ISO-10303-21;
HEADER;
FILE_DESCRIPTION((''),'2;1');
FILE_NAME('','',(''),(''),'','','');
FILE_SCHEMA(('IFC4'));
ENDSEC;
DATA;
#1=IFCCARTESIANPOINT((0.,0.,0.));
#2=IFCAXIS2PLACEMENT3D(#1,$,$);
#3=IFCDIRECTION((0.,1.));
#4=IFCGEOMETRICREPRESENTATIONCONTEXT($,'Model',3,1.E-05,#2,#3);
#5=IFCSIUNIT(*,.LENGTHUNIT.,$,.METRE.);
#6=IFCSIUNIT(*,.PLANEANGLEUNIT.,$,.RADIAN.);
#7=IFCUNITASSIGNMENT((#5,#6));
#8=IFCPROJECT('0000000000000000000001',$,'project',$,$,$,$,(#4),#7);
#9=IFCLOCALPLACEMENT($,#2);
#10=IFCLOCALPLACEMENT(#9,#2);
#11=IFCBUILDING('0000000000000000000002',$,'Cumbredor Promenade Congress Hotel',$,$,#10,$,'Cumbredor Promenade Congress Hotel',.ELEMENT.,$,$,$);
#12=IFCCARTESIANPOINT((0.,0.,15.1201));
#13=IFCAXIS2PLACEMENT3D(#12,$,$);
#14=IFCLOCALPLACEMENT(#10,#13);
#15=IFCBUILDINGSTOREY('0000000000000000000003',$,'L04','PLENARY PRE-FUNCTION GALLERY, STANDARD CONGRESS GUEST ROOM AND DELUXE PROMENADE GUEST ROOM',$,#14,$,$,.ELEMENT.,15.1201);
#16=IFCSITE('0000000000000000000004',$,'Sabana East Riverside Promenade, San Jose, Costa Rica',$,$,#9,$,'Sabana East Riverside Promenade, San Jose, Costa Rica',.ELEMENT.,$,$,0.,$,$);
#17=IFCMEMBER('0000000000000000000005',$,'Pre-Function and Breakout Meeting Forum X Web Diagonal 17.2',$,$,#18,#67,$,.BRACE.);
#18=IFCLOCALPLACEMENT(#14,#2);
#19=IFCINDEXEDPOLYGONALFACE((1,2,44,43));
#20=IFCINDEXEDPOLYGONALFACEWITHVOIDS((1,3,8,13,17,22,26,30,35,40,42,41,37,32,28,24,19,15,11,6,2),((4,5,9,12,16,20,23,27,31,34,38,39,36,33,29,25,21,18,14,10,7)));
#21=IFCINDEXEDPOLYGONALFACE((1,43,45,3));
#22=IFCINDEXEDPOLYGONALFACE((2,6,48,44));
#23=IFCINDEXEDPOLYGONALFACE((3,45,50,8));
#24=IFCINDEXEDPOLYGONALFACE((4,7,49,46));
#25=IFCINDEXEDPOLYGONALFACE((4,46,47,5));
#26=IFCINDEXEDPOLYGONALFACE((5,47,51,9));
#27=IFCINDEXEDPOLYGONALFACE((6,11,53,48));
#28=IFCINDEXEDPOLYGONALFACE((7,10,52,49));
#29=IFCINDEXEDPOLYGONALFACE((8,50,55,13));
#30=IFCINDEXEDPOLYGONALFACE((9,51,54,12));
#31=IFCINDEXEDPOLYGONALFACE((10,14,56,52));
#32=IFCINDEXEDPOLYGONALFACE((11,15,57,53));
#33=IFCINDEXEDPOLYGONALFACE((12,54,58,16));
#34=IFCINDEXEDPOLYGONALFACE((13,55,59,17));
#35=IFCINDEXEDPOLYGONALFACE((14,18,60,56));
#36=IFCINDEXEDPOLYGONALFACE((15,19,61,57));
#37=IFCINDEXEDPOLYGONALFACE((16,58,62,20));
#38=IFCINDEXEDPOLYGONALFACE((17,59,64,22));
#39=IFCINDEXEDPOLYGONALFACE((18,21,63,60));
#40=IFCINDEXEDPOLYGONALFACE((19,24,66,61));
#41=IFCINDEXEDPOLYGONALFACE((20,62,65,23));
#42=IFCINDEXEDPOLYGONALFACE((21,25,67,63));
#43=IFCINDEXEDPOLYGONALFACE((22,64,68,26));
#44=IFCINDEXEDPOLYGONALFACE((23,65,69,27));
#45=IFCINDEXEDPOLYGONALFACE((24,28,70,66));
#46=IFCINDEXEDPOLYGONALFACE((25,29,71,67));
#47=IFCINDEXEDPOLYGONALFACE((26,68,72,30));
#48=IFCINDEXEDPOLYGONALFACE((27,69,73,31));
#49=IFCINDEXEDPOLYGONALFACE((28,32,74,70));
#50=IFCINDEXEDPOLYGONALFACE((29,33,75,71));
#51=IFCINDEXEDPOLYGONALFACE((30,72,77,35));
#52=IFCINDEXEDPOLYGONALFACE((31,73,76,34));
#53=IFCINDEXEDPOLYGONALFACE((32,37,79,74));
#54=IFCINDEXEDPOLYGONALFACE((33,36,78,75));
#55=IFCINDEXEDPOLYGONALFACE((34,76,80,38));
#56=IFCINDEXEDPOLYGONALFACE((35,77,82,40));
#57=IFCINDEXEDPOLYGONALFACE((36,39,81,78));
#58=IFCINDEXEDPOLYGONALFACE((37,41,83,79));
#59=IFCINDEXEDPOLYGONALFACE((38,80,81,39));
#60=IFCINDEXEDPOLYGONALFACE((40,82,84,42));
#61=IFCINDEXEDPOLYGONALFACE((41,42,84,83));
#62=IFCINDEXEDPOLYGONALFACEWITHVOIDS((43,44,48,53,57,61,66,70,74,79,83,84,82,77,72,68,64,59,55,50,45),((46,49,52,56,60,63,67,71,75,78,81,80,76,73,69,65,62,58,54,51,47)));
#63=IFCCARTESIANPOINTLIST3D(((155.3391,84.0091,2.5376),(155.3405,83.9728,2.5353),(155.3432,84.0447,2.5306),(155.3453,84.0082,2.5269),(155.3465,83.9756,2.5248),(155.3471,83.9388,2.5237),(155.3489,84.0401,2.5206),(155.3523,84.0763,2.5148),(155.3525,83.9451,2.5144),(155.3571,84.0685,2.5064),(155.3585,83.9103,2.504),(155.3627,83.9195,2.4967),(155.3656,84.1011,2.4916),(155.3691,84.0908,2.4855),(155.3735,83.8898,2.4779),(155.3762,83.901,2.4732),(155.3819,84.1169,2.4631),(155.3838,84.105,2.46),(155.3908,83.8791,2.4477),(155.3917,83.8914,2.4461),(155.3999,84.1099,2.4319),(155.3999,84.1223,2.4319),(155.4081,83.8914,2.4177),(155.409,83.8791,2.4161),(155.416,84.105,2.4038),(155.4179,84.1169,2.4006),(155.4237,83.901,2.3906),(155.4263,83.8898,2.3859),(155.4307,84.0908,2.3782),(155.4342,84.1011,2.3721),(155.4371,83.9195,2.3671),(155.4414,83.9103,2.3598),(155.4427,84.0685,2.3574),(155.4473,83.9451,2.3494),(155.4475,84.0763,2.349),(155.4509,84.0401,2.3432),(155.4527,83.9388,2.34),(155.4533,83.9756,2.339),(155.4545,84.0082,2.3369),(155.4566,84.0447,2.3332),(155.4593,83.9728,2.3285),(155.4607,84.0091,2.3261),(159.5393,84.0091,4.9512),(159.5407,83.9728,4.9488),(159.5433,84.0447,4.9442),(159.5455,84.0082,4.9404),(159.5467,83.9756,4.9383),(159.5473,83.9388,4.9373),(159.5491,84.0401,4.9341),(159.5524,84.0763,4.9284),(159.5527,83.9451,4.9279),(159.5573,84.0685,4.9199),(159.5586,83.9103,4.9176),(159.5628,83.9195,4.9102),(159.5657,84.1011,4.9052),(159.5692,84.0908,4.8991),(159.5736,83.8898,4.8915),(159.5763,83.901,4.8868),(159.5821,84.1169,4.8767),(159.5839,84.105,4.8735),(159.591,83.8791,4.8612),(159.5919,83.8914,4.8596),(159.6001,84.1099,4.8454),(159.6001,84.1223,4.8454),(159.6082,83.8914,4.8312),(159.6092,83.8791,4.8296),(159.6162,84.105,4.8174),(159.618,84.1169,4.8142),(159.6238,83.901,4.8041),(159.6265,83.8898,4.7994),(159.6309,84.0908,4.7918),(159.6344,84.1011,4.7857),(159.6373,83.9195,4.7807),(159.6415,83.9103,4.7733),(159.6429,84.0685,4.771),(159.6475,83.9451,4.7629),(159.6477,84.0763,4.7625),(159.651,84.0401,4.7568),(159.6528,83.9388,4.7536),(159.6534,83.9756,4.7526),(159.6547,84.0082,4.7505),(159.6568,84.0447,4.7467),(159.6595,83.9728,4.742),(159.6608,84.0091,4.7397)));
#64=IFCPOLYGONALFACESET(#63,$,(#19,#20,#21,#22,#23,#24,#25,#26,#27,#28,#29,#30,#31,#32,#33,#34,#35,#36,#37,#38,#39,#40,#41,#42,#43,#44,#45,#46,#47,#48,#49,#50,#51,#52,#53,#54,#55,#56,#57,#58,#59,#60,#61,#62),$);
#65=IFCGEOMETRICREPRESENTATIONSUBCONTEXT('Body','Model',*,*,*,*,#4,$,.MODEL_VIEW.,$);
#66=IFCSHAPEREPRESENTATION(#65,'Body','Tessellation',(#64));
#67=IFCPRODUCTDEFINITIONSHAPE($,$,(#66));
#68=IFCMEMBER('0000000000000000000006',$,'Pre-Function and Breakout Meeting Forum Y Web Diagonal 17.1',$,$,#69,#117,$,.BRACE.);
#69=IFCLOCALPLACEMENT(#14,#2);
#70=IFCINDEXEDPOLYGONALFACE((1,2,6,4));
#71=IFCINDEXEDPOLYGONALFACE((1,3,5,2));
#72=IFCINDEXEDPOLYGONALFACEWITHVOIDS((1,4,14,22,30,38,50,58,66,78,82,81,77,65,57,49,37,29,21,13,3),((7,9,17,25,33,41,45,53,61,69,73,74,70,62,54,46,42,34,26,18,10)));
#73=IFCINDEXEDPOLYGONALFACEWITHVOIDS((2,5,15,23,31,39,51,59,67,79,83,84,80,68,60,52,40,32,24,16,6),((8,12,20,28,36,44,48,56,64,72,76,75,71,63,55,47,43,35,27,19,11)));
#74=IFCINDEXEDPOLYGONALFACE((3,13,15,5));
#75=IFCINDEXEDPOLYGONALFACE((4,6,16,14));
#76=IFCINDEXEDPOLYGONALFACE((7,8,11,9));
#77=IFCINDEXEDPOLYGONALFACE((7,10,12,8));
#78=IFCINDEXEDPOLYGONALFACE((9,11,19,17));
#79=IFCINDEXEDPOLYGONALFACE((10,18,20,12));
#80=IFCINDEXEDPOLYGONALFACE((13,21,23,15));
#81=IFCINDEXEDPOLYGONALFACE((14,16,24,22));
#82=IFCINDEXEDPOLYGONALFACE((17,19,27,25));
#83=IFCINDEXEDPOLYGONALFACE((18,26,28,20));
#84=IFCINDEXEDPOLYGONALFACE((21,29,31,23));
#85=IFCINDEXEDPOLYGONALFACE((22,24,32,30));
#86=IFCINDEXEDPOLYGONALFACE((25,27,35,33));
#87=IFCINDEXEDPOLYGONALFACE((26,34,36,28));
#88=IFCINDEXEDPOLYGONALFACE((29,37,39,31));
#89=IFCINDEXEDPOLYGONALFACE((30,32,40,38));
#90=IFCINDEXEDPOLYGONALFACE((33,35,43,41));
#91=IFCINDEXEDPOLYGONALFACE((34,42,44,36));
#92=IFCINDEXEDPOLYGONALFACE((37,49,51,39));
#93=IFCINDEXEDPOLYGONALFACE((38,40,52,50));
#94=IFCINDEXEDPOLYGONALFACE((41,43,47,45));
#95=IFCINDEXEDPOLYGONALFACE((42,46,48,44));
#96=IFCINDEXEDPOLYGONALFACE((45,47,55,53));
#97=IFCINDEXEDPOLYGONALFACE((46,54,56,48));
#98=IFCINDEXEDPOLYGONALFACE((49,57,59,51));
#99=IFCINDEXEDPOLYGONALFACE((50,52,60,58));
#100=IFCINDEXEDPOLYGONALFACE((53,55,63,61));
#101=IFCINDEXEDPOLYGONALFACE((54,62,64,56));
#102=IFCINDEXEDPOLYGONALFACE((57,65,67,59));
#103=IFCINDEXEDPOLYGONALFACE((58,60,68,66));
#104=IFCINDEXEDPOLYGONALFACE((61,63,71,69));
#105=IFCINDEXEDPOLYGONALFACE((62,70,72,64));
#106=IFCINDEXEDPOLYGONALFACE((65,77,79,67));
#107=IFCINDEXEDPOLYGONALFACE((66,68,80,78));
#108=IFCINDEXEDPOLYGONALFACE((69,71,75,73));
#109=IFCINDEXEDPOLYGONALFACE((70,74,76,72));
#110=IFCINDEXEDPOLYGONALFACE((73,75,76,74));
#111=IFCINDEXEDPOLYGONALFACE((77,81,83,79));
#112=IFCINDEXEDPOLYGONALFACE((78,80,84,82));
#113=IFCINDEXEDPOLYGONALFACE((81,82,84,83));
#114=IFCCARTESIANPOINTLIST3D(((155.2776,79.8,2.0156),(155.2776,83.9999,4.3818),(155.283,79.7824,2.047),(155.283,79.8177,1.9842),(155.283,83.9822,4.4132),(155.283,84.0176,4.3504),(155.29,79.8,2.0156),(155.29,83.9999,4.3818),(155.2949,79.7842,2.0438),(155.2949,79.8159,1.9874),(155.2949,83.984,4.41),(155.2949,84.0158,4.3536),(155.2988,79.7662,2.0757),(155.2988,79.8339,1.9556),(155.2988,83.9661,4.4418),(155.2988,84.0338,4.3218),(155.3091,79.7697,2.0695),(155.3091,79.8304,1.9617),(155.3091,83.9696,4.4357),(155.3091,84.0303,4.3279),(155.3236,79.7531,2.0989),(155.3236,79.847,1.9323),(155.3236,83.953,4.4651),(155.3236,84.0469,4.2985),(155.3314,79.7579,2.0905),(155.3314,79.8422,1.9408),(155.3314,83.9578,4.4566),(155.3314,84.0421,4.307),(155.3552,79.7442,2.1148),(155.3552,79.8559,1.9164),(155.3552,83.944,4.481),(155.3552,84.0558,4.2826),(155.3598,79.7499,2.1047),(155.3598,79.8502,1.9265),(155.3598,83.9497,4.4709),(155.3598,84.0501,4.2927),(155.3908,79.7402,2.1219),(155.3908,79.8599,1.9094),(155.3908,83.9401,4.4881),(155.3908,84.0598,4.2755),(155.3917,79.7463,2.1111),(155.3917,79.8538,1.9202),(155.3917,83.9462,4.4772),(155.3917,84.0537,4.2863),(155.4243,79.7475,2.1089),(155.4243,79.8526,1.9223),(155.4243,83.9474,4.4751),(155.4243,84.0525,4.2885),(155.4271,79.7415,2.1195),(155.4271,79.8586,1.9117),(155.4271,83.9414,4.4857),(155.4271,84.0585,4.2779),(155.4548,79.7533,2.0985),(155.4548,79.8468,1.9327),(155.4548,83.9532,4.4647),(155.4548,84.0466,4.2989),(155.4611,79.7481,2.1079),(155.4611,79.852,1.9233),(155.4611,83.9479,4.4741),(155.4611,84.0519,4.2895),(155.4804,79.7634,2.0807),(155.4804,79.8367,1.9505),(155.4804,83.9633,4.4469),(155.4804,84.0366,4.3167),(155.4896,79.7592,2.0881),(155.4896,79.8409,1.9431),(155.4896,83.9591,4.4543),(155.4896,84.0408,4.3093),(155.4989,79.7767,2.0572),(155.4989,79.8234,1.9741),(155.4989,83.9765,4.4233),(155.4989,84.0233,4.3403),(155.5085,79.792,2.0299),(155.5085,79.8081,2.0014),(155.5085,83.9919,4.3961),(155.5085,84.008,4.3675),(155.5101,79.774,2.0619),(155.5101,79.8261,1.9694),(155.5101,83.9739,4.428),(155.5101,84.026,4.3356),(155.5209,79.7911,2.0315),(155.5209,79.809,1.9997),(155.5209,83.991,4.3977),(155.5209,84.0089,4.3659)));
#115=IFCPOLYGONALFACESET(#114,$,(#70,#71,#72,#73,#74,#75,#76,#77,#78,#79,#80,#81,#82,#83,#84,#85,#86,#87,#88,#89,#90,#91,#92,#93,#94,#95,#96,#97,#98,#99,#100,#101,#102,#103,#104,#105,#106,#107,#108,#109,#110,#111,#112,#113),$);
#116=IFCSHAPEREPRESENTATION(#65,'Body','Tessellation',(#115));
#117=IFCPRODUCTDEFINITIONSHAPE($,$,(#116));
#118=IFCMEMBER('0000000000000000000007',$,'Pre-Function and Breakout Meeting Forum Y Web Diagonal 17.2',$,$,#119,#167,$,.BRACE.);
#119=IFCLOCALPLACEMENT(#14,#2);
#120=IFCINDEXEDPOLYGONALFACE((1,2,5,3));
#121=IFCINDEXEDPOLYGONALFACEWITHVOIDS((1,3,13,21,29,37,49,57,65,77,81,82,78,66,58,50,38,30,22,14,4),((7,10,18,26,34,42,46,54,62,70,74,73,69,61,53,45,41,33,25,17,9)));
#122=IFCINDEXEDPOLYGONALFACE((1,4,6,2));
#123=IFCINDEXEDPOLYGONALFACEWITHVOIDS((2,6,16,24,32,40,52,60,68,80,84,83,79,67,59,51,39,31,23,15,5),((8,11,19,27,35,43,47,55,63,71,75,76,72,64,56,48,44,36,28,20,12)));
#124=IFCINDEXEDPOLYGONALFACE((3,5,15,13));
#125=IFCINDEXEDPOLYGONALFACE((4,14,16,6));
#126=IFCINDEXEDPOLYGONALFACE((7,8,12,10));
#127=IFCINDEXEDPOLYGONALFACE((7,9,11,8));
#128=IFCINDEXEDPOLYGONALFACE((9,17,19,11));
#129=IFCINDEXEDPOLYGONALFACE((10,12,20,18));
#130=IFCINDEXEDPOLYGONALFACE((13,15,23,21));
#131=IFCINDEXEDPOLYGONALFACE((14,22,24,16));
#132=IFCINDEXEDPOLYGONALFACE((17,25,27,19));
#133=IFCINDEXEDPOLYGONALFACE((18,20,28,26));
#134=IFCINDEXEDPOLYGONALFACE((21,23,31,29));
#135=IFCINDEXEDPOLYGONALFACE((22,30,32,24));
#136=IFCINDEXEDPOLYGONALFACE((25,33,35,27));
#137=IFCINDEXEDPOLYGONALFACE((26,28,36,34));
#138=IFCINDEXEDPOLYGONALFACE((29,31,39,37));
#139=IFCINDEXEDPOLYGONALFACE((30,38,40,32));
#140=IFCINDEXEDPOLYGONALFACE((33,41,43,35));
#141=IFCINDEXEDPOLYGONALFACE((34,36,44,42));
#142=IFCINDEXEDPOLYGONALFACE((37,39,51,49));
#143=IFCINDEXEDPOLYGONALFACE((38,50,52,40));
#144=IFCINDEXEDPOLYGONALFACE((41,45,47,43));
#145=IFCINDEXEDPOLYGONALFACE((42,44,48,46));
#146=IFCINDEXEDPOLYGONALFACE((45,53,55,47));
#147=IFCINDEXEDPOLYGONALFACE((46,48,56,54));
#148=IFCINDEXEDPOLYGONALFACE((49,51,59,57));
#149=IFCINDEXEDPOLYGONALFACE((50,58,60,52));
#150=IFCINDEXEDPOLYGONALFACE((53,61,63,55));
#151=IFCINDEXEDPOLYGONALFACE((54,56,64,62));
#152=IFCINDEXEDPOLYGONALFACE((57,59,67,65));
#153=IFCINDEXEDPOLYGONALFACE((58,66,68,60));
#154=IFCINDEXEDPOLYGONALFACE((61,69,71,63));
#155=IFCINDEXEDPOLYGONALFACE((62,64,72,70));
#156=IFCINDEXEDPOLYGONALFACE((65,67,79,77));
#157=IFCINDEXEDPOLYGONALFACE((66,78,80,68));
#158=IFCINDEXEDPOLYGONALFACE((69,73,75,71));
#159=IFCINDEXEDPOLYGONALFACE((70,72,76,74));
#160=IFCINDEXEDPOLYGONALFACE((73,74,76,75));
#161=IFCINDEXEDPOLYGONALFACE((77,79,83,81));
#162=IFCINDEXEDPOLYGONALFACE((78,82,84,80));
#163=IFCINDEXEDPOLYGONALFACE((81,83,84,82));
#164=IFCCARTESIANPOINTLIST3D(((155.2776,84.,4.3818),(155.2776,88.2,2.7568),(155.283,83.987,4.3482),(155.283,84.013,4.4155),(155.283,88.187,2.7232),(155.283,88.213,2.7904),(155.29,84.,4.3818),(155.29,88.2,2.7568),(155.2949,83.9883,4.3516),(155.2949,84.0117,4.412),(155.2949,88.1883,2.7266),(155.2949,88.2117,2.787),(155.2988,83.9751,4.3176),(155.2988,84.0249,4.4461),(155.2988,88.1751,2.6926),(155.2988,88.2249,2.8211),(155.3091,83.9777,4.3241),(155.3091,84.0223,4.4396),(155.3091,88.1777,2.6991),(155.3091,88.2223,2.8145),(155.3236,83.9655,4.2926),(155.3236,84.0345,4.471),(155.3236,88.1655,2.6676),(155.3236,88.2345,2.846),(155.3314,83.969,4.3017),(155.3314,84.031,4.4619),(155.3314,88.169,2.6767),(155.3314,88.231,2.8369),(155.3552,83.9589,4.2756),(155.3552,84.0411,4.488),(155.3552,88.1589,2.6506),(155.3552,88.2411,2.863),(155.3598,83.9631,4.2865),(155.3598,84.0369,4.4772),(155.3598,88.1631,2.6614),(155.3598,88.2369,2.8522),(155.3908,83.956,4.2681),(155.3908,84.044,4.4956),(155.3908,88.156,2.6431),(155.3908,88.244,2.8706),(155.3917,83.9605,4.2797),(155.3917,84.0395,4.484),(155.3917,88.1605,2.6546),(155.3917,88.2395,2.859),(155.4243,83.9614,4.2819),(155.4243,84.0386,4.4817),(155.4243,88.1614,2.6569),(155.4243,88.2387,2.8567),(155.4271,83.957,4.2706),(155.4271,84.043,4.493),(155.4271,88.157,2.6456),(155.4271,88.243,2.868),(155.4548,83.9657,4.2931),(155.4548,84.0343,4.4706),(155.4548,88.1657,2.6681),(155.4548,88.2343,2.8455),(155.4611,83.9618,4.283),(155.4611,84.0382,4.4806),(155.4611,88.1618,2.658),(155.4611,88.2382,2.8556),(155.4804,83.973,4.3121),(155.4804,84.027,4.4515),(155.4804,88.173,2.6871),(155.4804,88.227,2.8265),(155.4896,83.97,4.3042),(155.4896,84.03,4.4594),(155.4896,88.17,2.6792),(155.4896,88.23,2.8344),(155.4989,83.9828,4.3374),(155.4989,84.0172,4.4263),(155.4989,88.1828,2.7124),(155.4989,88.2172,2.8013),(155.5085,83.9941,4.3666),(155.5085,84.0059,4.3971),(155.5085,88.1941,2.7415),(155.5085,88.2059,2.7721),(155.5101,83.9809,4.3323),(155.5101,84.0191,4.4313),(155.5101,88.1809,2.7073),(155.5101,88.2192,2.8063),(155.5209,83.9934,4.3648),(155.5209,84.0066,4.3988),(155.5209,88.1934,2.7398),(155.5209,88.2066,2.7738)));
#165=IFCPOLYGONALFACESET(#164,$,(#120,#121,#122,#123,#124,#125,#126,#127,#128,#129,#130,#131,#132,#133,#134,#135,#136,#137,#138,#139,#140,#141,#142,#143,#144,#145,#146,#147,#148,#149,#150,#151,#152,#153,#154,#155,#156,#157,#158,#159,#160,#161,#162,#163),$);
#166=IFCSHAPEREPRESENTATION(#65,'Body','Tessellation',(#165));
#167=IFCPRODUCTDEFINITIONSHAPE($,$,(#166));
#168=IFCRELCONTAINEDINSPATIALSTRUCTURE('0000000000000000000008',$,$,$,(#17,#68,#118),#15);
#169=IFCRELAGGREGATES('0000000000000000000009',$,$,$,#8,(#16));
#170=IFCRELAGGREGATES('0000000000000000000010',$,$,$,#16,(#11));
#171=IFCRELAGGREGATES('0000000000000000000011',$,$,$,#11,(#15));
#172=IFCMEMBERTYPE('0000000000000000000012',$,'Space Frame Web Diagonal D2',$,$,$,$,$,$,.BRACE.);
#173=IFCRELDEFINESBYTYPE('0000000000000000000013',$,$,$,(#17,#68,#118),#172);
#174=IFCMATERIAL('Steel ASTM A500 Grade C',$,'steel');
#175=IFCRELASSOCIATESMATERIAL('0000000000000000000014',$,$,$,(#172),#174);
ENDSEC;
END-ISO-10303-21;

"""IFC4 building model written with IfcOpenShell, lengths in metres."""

from ifc_helpers import new_model, si_unit, direction, frame, origin, origin_2d, place, context, subcontext, project, spatial, hollow_circle, extrude, material, material_profile, profile_set, type_object, element, save


model = new_model("IFC4")

# Units and contexts
model_context = context("Model", 3, precision=1e-05, world=origin(), true_north=direction((0.0, 1.0)))
body_context = subcontext(model_context, "Body", "Model", "MODEL_VIEW")
ifc_project = project(units=[si_unit("LENGTHUNIT", "METRE"), si_unit("PLANEANGLEUNIT", "RADIAN")], contexts=[model_context])

# Site, building, storey
site_placement = place(None, origin())
site = spatial("IfcSite", under=ifc_project, at=site_placement, Name="Sabana East Riverside Promenade, San Jose, Costa Rica", LongName="Sabana East Riverside Promenade, San Jose, Costa Rica", CompositionType="ELEMENT", RefElevation=0.0)
building_placement = place(site_placement, origin())
building = spatial("IfcBuilding", under=site, at=building_placement, Name="Cumbredor Promenade Congress Hotel", LongName="Cumbredor Promenade Congress Hotel", CompositionType="ELEMENT")
storey_placement = place(building_placement, frame((0.0, 0.0, 15.1201)))
storey = spatial("IfcBuildingStorey", under=building, at=storey_placement, Name="L04", Description="PLENARY PRE-FUNCTION GALLERY, STANDARD CONGRESS GUEST ROOM AND DELUXE PROMENADE GUEST ROOM", CompositionType="ELEMENT", Elevation=15.1201)

# Members
ifc_material_1 = material(Name="Steel ASTM A500 Grade C", Category="steel")
ifc_material_profile_1 = material_profile(ifc_material_1, hollow_circle(Radius=0.1223, WallThickness=0.0125, at=origin_2d()), Name="CHS 244.5x12.5")
ifc_profile_set_1 = profile_set([ifc_material_profile_1], Name="Steel ASTM A500 Grade C")
member_type_1 = type_object("IfcMemberType", Name="Space Frame Web Diagonal D2", PredefinedType="BRACE", material=ifc_profile_set_1)
member_1_placement = place(storey_placement, frame((155.3999, 84.0, 2.4319), z_axis=(0.867043, 0.0, 0.498232), x_axis=(0.0, 1.0, 0.0)))
element("IfcMember", 1, at=member_1_placement, inside=storey, type_object=member_type_1, Name="Pre-Function and Breakout Meeting Forum X Web Diagonal 17.2", PredefinedType="BRACE", context=body_context, shape_type="SweptSolid", body=[
    extrude(hollow_circle(Radius=0.1223, WallThickness=0.0125, at=origin_2d()), origin(), (0.0, 0.0, 1.0), 4.8442),
])
member_2_placement = place(storey_placement, frame((155.3999, 79.8, 2.0156), z_axis=(0.0, 0.871244, 0.49085), x_axis=(-1.0, 0.0, 0.0)))
element("IfcMember", 2, at=member_2_placement, inside=storey, type_object=member_type_1, Name="Pre-Function and Breakout Meeting Forum Y Web Diagonal 17.1", PredefinedType="BRACE", context=body_context, shape_type="SweptSolid", body=[
    extrude(hollow_circle(Radius=0.1223, WallThickness=0.0125, at=origin_2d()), origin(), (0.0, 0.0, 1.0), 4.8206),
])
member_3_placement = place(storey_placement, frame((155.3999, 84.0, 4.3818), z_axis=(0.0, 0.932627, -0.360842), x_axis=(-1.0, 0.0, 0.0)))
element("IfcMember", 3, at=member_3_placement, inside=storey, type_object=member_type_1, Name="Pre-Function and Breakout Meeting Forum Y Web Diagonal 17.2", PredefinedType="BRACE", context=body_context, shape_type="SweptSolid", body=[
    extrude(hollow_circle(Radius=0.1223, WallThickness=0.0125, at=origin_2d()), origin(), (0.0, 0.0, 1.0), 4.5034),
])

save(model, "model.ifc")
